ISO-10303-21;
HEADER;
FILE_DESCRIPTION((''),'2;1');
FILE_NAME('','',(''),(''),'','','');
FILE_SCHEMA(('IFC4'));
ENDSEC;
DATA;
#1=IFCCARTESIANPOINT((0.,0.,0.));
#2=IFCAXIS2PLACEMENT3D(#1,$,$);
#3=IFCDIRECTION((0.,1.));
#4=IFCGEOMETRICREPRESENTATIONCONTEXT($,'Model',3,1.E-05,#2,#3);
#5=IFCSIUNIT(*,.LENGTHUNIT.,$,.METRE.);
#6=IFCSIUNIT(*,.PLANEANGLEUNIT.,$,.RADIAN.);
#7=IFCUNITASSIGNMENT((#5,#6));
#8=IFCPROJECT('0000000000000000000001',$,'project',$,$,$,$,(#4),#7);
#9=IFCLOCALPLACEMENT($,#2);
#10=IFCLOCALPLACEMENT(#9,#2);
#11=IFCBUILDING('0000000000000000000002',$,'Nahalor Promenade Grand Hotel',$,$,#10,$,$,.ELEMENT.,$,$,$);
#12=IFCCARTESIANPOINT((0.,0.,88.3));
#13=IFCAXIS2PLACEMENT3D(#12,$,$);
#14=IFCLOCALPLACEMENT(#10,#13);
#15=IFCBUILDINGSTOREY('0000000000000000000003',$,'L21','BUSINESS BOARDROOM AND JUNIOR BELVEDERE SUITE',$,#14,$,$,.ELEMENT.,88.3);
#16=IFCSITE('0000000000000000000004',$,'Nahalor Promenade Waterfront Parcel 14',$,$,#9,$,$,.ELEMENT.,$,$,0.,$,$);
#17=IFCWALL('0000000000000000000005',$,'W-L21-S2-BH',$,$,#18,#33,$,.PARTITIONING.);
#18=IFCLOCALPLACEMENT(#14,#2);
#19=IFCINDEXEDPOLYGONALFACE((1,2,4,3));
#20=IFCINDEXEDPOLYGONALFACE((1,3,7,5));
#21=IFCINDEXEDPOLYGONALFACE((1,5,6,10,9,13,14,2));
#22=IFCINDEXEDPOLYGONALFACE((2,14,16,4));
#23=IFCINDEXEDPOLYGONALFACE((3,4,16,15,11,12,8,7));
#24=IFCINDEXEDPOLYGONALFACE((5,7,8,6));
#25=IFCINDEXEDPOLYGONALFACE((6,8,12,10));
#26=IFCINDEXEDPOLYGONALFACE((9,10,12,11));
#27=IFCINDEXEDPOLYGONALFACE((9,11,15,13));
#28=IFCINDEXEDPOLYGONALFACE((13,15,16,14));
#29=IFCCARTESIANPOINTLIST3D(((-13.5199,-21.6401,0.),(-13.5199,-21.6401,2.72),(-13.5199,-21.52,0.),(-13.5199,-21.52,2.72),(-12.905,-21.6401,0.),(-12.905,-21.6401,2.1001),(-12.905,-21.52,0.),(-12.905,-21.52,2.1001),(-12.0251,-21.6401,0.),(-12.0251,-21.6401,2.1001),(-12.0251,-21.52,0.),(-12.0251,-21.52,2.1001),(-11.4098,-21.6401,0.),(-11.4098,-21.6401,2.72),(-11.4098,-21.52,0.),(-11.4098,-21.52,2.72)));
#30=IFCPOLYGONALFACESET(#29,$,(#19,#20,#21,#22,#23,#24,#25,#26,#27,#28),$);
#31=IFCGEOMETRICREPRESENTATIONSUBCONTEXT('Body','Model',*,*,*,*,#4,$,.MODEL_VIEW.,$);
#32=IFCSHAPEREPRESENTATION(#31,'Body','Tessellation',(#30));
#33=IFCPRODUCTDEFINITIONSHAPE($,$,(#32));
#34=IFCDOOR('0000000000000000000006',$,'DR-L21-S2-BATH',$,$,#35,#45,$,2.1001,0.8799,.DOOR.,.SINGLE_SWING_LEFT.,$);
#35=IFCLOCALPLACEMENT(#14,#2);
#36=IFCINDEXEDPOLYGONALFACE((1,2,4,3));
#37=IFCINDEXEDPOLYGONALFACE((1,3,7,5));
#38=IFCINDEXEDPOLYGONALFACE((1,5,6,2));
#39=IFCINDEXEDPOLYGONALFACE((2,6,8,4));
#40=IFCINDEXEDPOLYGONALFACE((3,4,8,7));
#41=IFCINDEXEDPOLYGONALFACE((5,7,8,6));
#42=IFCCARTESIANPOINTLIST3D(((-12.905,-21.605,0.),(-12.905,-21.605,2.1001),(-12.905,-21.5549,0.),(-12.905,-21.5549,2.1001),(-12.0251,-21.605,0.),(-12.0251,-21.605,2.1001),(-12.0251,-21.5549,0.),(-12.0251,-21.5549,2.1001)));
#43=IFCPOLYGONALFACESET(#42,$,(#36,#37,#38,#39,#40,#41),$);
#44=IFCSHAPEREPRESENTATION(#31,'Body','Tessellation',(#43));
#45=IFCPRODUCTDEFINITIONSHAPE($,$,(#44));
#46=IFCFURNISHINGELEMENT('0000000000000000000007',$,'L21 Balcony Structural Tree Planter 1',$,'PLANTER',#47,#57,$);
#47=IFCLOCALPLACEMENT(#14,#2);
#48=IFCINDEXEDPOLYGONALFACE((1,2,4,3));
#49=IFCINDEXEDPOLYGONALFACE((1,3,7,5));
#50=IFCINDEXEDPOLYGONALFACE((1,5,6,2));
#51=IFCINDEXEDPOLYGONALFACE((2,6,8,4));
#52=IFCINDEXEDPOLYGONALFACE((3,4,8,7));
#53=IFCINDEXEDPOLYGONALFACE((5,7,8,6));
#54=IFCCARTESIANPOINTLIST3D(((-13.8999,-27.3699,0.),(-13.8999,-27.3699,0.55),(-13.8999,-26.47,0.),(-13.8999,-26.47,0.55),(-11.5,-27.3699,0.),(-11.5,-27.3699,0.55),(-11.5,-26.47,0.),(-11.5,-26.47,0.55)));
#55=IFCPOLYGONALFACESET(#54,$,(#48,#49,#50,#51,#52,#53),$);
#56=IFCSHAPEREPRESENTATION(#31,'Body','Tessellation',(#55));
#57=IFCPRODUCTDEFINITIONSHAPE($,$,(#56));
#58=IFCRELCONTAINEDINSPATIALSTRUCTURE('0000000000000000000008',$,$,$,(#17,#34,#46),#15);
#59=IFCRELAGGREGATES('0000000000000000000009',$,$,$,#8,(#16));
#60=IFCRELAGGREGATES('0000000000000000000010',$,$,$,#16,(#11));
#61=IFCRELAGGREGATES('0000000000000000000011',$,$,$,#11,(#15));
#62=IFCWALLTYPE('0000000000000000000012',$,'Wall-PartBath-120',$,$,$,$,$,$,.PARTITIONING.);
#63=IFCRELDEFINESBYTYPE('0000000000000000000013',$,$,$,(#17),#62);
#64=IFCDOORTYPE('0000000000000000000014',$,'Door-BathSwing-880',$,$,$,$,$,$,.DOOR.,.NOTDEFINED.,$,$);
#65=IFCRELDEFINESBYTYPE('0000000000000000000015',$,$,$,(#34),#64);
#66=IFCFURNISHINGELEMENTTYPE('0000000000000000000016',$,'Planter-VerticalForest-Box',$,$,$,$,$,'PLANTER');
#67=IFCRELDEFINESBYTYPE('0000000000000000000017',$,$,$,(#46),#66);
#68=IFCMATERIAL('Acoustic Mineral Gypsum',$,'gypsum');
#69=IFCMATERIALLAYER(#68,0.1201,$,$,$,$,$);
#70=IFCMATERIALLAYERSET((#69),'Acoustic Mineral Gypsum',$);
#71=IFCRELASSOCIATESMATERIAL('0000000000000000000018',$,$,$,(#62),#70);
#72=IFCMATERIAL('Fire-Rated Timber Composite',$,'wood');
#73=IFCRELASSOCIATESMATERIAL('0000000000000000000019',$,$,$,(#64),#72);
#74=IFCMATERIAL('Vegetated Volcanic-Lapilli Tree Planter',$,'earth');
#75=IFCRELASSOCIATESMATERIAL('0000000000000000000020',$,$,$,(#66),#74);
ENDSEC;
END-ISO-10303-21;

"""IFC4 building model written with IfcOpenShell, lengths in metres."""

from ifc_helpers import new_model, si_unit, direction, frame, frame_2d, origin, origin_2d, place, context, subcontext, project, spatial, rectangle, extrude, source, transform, mapped, material, layer, layer_set, type_object, element, fill, save


model = new_model("IFC4")

# Units and contexts
model_context = context("Model", 3, precision=1e-05, world=origin(), true_north=direction((0.0, 1.0)))
body_context = subcontext(model_context, "Body", "Model", "MODEL_VIEW")
ifc_project = project(units=[si_unit("LENGTHUNIT", "METRE"), si_unit("PLANEANGLEUNIT", "RADIAN")], contexts=[model_context])

# Site, building, storey
site_placement = place(None, origin())
site = spatial("IfcSite", under=ifc_project, at=site_placement, Name="Nahalor Promenade Waterfront Parcel 14", CompositionType="ELEMENT", RefElevation=0.0)
building_placement = place(site_placement, origin())
building = spatial("IfcBuilding", under=site, at=building_placement, Name="Nahalor Promenade Grand Hotel", CompositionType="ELEMENT")
storey_placement = place(building_placement, frame((0.0, 0.0, 88.3)))
storey = spatial("IfcBuildingStorey", under=building, at=storey_placement, Name="L21", Description="BUSINESS BOARDROOM AND JUNIOR BELVEDERE SUITE", CompositionType="ELEMENT", Elevation=88.3)

# Shared definitions
ifc_material_1 = material(Name="Acoustic Mineral Gypsum", Category="gypsum")
ifc_layer_1 = layer(ifc_material_1, 0.1201)
ifc_layer_set_1 = layer_set([ifc_layer_1], Name="Acoustic Mineral Gypsum")
wall_type_1 = type_object("IfcWallType", Name="Wall-PartBath-120", PredefinedType="PARTITIONING", material=ifc_layer_set_1)

# Wall, opening, door
ifc_material_2 = material(Name="Fire-Rated Timber Composite", Category="wood")
door_type_1 = type_object("IfcDoorType", Name="Door-BathSwing-880", OperationType="NOTDEFINED", PredefinedType="DOOR", material=ifc_material_2)
shared_shape_1 = source(origin(), body_context, "Body", "SweptSolid", [
    extrude(rectangle(XDim=0.8799, YDim=2.1001, at=frame_2d((0.4399, 1.05))), frame((0.0, 0.0249, 0.0), z_axis=(0.0, -1.0, 0.0), x_axis=(1.0, 0.0, 0.0)), (0.0, 0.0, 1.0), 0.05),
])
shared_shape_2 = source(origin(), body_context, "Body", "SweptSolid", [
    extrude(rectangle(XDim=2.1101, YDim=0.1201, at=frame_2d((1.0552, 0.0))), origin(), (0.0, 0.0, 1.0), 2.72),
])
wall_1_placement = place(storey_placement, frame((-13.52, -21.5801, 0.0), z_axis=(0.0, 0.0, 1.0), x_axis=(1.0, 0.0, 0.0)))
wall_1 = element("IfcWall", 1, at=wall_1_placement, inside=storey, type_object=wall_type_1, Name="W-L21-S2-BH", PredefinedType="PARTITIONING", context=body_context, shape_type="MappedRepresentation", body=[
    mapped(shared_shape_2, transform((0.0, 0.0, 0.0), scale=1.0)),
])
opening_1_placement = place(wall_1_placement, frame((0.615, 0.0, 0.0)))
opening_1 = element("IfcOpeningElement", 2, at=opening_1_placement, cuts=wall_1, PredefinedType="OPENING", context=body_context, shape_type="SweptSolid", body=[
    extrude(rectangle(XDim=0.8799, YDim=2.1001, at=frame_2d((0.4399, 1.05))), frame((0.0, 0.0701, 0.0), z_axis=(0.0, -1.0, 0.0), x_axis=(1.0, 0.0, 0.0)), (0.0, 0.0, 1.0), 0.1401),
])
door_1_placement = place(opening_1_placement, frame((0.8799, 0.0, 0.0), z_axis=(0.0, 0.0, 1.0), x_axis=(-1.0, 0.0, 0.0)))
door_1 = element("IfcDoor", 3, at=door_1_placement, inside=storey, type_object=door_type_1, Name="DR-L21-S2-BATH", OperationType="SINGLE_SWING_LEFT", OverallHeight=2.1001, OverallWidth=0.8799, PredefinedType="DOOR", context=body_context, shape_type="MappedRepresentation", body=[
    mapped(shared_shape_1, transform((0.0, 0.0, 0.0), scale=1.0)),
])
fill(opening_1, door_1)

# Furnishing element
ifc_material_3 = material(Name="Vegetated Volcanic-Lapilli Tree Planter", Category="earth")
furnishing_element_type = type_object("IfcFurnishingElementType", Name="Planter-VerticalForest-Box", ElementType="PLANTER", material=ifc_material_3)
shared_shape_3 = source(origin(), body_context, "Body", "SweptSolid", [
    extrude(rectangle(XDim=2.3999, YDim=0.8999, at=origin_2d()), origin(), (0.0, 0.0, 1.0), 0.55),
])
furnishing_placement = place(storey_placement, frame((-12.7, -26.9199, 0.0), z_axis=(0.0, 0.0, 1.0), x_axis=(1.0, 0.0, 0.0)))
element("IfcFurnishingElement", 4, at=furnishing_placement, inside=storey, type_object=furnishing_element_type, Name="L21 Balcony Structural Tree Planter 1", ObjectType="PLANTER", context=body_context, shape_type="MappedRepresentation", body=[
    mapped(shared_shape_3, transform((0.0, 0.0, 0.0), scale=1.0)),
])

save(model, "model.ifc")
